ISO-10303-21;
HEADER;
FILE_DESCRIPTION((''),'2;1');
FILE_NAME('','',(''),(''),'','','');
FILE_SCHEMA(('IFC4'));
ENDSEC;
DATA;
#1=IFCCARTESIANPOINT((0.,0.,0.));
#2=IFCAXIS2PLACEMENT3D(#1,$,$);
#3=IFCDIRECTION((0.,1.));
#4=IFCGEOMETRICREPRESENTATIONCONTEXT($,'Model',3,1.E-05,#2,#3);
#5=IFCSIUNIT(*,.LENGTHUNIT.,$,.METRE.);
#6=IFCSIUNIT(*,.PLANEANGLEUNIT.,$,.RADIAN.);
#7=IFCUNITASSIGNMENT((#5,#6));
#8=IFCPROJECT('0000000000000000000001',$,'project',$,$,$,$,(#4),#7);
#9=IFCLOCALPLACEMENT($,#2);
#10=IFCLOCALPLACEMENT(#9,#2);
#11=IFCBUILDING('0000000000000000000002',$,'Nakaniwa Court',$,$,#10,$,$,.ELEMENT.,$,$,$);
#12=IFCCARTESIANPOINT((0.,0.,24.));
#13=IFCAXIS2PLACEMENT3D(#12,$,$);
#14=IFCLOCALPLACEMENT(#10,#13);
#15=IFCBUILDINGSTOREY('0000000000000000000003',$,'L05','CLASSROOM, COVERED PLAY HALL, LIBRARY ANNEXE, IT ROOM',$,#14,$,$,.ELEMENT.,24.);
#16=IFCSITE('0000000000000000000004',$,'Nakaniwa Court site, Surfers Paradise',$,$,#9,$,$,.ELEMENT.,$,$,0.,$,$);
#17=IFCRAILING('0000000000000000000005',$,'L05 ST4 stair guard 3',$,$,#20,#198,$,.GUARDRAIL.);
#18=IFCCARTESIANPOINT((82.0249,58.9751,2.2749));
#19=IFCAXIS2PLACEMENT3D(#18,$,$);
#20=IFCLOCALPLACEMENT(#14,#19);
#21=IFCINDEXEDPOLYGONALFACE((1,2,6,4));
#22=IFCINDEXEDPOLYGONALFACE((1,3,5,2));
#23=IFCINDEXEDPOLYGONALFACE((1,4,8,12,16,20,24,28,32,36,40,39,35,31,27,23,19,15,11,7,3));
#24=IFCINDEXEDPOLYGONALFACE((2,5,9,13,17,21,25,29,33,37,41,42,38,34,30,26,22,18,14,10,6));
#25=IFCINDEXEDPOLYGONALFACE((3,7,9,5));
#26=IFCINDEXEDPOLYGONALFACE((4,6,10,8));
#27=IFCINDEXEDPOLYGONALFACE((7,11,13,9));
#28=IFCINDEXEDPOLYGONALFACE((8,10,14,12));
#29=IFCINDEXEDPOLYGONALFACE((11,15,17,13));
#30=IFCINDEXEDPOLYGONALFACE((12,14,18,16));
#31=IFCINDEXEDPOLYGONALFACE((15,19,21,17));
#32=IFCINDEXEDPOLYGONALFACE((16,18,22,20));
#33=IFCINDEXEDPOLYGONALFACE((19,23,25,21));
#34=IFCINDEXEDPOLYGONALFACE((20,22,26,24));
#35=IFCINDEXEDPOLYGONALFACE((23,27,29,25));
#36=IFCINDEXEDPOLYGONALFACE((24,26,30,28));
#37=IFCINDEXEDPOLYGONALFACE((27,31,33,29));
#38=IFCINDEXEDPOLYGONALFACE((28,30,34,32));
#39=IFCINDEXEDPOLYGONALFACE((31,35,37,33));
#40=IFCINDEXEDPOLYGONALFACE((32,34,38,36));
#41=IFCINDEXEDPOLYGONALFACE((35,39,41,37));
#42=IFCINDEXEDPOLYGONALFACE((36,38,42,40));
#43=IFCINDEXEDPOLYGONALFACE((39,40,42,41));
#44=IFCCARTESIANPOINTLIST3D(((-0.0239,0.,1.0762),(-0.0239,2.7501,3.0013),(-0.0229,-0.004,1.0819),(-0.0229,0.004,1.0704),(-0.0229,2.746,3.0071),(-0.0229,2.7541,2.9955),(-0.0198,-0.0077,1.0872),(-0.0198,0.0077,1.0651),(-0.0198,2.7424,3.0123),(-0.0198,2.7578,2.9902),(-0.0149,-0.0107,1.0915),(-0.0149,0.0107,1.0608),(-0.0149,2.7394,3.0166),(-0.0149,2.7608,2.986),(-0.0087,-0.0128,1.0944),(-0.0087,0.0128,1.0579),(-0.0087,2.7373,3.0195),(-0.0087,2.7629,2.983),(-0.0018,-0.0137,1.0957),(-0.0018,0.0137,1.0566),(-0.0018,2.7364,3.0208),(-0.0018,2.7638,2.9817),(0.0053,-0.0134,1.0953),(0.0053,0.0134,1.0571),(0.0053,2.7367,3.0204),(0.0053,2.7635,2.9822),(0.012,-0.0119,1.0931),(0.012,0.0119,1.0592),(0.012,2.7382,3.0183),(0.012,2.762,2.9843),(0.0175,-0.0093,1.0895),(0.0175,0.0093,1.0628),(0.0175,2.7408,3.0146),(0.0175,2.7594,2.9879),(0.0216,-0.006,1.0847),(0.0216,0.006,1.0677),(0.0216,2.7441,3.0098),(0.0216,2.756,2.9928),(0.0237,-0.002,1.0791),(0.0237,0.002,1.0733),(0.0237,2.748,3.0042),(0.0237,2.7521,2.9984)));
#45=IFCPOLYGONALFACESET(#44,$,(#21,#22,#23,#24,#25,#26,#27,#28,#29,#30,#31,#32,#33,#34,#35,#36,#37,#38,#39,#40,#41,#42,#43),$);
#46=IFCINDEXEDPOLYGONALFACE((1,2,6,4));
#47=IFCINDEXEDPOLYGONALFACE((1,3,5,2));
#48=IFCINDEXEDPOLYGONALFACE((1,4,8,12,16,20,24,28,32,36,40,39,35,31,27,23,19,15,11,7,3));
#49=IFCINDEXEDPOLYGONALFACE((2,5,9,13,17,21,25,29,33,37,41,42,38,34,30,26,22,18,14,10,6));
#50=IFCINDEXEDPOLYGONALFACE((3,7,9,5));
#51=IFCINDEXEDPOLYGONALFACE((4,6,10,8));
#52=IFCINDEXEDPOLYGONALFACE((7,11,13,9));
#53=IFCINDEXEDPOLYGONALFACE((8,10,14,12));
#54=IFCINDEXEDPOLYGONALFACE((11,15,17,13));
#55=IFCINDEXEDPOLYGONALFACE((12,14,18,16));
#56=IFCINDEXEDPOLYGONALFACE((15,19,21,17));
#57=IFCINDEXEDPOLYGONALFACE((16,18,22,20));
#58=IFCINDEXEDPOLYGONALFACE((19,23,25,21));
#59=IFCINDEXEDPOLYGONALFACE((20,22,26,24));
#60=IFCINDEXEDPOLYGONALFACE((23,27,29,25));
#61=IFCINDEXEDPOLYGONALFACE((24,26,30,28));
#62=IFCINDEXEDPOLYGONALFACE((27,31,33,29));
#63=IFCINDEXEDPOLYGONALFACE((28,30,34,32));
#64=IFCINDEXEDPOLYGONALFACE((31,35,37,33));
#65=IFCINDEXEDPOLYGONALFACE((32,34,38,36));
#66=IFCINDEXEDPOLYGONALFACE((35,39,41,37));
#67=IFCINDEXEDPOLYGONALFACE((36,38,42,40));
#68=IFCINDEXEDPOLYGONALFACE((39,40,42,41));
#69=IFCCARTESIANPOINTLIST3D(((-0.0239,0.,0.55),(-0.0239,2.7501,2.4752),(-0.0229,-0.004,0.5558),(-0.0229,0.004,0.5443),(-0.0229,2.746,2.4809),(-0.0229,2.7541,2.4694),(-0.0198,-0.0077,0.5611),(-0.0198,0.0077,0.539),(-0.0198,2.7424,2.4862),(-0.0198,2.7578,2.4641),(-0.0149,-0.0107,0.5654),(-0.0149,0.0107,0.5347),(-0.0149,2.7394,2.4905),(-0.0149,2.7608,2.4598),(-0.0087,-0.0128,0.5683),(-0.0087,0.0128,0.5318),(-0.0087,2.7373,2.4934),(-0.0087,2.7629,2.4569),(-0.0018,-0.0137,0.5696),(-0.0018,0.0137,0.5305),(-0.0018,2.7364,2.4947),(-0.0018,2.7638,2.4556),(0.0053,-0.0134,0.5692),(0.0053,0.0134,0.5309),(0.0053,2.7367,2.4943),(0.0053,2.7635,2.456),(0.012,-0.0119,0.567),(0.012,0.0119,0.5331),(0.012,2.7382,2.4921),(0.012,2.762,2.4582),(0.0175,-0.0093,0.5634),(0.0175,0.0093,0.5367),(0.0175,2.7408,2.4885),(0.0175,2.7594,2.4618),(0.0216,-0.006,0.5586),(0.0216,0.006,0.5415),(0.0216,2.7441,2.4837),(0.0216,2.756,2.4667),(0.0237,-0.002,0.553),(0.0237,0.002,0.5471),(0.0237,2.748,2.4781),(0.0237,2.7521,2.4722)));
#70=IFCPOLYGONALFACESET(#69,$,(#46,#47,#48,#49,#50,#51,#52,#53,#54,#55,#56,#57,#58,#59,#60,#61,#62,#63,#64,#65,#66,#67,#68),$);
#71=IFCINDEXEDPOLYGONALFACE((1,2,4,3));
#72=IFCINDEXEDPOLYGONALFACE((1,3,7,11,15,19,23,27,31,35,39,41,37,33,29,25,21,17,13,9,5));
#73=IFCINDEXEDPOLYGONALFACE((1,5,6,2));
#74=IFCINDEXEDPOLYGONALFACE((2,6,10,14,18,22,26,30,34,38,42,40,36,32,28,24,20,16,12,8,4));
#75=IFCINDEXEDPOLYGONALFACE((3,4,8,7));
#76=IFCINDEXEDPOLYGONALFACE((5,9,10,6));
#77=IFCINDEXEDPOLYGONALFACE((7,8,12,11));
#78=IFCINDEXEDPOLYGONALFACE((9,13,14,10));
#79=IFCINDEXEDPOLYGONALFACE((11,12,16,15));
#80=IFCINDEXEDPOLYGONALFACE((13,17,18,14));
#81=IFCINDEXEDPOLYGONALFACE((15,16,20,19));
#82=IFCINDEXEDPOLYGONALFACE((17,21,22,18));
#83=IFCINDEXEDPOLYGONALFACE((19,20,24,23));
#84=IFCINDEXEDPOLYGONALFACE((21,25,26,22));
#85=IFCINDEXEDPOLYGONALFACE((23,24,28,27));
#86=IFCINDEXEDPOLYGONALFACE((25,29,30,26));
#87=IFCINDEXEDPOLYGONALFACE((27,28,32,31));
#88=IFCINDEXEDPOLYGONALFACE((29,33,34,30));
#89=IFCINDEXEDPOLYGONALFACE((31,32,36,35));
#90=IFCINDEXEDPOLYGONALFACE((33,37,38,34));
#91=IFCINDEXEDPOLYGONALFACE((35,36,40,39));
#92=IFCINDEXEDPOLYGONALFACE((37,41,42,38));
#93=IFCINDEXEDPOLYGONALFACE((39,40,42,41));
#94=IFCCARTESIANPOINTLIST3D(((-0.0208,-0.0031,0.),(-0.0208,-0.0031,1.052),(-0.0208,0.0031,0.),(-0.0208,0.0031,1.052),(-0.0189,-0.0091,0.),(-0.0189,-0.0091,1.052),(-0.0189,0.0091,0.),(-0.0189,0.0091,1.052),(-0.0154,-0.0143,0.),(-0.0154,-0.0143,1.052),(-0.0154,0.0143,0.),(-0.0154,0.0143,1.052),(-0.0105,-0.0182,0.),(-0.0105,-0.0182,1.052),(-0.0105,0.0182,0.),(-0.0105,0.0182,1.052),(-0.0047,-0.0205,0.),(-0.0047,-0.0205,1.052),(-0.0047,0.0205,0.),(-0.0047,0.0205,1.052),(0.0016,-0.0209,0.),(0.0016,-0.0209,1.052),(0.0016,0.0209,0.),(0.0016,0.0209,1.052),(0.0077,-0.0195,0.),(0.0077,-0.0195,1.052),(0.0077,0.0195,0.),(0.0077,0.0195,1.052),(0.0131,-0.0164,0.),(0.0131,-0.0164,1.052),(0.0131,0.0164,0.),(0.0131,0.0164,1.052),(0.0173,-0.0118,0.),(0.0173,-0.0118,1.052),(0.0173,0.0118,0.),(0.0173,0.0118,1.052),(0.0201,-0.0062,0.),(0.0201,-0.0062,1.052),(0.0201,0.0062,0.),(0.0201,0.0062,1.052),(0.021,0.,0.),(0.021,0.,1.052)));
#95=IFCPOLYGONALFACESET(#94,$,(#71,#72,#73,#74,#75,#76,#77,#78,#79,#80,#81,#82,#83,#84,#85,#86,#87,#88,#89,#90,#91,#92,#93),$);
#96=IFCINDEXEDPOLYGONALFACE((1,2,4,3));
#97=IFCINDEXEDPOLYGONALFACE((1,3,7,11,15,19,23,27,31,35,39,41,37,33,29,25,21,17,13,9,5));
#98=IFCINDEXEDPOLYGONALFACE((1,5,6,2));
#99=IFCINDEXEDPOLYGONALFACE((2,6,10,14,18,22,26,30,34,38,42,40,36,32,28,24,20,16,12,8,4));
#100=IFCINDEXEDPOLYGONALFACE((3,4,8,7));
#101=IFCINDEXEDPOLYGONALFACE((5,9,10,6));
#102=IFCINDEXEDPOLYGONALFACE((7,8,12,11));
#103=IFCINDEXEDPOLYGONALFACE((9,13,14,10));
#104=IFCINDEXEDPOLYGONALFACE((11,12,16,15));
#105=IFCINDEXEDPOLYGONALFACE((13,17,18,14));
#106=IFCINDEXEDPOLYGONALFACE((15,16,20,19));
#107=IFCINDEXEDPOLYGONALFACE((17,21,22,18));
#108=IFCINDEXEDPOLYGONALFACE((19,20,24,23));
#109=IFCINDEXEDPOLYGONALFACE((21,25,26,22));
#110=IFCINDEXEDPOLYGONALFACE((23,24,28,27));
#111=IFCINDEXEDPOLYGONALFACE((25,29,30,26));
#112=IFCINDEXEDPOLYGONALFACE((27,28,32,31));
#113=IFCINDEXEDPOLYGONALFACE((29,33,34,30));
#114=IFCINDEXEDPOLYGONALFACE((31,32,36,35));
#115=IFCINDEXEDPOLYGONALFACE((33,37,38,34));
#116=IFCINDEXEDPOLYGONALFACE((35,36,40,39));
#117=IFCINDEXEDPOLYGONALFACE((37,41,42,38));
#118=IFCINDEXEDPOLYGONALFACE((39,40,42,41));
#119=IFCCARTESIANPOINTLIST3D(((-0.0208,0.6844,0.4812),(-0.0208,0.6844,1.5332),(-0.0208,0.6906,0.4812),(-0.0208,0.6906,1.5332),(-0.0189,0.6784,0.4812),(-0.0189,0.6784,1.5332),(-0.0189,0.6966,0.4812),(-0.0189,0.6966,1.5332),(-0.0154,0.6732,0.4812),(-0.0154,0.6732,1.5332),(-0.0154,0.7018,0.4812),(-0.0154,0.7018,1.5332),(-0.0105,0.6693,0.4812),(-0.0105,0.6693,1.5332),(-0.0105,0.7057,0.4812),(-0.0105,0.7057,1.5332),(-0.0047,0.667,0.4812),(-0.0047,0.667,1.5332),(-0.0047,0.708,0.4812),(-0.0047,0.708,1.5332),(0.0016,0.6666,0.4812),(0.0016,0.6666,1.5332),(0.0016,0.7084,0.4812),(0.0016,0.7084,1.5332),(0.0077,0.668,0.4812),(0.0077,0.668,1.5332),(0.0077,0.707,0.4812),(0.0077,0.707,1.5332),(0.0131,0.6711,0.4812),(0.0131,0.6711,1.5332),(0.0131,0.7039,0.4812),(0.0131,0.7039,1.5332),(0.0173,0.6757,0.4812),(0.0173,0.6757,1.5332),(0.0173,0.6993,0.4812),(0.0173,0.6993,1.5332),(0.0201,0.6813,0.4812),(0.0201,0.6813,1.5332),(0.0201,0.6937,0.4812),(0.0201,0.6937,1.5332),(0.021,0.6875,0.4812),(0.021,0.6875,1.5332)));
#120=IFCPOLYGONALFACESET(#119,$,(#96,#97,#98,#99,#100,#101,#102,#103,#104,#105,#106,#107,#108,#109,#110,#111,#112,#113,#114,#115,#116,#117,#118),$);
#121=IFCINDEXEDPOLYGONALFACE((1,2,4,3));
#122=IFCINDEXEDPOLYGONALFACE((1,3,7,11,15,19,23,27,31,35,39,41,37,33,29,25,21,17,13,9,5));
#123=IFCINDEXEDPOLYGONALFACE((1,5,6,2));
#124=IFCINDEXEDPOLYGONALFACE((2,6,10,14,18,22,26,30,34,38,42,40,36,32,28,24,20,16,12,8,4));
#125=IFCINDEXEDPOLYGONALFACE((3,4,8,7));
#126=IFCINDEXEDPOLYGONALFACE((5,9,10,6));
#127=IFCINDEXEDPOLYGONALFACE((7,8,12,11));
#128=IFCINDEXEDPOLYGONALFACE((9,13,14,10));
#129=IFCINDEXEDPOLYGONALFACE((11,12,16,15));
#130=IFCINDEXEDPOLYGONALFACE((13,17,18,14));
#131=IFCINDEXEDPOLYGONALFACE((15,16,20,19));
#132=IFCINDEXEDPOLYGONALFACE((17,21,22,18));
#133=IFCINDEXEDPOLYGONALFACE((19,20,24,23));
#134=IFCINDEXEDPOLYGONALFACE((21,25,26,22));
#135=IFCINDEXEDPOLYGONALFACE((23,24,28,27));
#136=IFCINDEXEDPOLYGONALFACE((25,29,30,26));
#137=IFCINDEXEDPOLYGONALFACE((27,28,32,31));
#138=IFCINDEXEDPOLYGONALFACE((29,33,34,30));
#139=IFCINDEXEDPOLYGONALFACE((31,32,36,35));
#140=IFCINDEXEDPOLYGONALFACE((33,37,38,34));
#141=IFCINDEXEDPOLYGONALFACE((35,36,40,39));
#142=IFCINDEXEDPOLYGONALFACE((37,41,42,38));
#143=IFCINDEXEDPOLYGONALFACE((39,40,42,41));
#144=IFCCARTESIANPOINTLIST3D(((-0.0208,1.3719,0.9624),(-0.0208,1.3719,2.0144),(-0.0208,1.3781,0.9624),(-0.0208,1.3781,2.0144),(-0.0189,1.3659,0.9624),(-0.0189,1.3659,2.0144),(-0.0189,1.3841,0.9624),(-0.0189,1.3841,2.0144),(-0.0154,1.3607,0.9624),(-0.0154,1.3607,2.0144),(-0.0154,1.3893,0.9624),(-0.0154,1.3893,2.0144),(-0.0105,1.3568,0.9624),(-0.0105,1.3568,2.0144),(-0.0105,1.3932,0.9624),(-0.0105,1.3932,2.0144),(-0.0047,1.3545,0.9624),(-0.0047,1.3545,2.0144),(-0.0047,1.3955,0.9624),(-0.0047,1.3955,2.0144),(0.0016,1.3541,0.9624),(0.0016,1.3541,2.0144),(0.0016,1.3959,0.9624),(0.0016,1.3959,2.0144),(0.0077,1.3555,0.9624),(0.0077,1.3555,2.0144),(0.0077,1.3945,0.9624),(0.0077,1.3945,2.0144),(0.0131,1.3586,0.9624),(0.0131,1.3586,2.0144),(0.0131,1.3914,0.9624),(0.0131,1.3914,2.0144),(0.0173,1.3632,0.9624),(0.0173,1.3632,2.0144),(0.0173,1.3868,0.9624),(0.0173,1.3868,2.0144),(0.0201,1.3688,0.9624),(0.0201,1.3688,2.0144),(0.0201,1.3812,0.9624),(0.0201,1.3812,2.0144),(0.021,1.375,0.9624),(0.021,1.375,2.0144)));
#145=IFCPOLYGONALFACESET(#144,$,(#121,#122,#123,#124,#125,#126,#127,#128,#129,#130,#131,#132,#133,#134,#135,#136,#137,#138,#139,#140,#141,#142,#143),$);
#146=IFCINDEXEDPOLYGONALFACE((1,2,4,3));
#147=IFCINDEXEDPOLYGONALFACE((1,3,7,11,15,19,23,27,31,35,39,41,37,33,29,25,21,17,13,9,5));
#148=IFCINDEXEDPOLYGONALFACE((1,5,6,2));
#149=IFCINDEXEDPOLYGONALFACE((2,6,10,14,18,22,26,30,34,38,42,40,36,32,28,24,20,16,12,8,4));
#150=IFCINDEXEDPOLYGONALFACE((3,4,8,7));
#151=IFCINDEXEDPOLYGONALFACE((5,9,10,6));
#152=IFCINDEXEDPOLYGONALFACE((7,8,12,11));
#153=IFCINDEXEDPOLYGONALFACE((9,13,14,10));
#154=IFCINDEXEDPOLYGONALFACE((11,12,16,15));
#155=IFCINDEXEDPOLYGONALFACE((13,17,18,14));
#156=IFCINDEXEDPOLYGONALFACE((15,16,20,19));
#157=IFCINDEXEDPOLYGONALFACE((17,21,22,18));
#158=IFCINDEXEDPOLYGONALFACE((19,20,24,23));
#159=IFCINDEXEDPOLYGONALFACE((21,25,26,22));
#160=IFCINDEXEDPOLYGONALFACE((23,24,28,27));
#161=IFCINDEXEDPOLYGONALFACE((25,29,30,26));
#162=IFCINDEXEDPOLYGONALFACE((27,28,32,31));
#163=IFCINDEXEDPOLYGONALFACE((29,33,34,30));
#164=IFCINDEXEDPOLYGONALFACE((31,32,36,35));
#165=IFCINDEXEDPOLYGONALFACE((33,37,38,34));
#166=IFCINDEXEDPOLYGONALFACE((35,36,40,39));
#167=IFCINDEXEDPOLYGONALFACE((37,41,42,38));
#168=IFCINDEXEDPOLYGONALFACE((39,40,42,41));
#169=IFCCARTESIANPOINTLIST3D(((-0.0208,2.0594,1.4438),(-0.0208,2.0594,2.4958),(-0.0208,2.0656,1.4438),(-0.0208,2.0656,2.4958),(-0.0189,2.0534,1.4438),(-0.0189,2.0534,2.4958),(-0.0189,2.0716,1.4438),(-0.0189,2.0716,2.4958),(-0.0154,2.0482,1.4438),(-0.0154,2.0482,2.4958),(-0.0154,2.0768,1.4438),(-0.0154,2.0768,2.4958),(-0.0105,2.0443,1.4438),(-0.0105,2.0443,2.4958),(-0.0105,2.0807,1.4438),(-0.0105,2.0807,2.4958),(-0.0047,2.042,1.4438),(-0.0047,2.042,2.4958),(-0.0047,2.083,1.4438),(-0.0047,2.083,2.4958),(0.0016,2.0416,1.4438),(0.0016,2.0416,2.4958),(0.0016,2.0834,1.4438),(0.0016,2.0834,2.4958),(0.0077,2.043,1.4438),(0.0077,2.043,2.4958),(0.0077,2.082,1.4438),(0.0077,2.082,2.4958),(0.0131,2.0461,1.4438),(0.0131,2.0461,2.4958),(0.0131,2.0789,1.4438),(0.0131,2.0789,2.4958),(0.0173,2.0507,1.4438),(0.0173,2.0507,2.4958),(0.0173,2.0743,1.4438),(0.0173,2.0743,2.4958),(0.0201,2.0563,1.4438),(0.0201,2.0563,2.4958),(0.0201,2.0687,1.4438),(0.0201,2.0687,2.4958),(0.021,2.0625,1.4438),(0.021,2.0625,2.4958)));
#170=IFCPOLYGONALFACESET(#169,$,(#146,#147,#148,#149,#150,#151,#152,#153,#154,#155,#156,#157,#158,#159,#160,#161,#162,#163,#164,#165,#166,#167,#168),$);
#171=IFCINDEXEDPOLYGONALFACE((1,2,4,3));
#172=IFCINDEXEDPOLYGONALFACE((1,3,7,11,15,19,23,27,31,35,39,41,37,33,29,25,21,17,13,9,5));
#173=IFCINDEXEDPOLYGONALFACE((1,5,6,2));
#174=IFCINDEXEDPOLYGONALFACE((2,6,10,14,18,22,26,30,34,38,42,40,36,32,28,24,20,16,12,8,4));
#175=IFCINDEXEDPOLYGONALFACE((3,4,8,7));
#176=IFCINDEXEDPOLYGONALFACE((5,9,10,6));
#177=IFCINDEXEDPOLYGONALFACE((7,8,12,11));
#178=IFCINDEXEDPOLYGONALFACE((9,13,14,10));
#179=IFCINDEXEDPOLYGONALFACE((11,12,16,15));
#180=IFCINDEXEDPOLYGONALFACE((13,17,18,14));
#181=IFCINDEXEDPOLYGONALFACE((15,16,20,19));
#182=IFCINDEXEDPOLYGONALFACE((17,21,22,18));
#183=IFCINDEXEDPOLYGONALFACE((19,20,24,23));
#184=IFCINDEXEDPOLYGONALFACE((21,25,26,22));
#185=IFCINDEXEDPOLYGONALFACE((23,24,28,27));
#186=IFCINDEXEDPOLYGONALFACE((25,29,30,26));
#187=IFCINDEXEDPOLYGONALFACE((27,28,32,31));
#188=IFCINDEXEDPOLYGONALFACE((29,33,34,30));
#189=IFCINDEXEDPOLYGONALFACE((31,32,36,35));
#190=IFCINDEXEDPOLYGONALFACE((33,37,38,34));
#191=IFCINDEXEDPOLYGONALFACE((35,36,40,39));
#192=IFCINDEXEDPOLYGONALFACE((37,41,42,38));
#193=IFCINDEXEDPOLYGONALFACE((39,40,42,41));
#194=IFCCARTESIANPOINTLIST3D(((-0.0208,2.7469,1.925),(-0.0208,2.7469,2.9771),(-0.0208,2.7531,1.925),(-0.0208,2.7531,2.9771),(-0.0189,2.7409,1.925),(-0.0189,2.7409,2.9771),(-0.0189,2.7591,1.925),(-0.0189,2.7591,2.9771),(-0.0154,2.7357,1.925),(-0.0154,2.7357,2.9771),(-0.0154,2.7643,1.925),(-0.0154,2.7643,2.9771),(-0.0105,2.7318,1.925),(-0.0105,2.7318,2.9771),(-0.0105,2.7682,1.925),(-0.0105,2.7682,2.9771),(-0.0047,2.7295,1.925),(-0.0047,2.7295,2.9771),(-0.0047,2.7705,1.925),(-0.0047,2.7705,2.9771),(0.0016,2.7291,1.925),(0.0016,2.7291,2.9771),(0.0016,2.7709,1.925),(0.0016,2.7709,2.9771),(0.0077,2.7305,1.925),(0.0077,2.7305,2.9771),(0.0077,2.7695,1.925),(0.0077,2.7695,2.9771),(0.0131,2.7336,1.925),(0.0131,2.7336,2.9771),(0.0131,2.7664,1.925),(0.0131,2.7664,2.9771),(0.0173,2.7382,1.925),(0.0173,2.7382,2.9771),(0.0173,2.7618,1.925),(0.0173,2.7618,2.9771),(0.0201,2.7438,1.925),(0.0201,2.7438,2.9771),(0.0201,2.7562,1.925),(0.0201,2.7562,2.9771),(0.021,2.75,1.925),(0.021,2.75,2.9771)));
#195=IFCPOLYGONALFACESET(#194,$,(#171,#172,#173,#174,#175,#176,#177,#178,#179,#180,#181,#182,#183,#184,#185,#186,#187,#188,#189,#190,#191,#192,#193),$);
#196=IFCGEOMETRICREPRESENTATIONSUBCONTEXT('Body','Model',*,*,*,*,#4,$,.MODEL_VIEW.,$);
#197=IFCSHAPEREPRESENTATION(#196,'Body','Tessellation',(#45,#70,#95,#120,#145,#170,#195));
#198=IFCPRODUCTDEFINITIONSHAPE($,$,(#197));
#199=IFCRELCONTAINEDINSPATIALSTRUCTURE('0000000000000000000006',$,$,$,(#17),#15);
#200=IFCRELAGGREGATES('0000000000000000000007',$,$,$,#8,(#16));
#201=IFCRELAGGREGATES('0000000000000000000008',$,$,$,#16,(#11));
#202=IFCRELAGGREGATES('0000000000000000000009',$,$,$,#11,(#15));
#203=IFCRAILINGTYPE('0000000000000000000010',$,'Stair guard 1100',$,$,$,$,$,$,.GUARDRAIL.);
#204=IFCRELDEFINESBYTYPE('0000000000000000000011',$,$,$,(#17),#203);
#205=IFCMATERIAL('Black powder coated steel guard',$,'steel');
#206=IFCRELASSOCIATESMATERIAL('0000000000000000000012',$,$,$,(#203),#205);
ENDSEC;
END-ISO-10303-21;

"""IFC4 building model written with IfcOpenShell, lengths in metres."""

from ifc_helpers import new_model, si_unit, direction, frame, origin, origin_2d, place, context, subcontext, project, spatial, circle, extrude, material, type_object, element, save


model = new_model("IFC4")

# Units and contexts
model_context = context("Model", 3, precision=1e-05, world=origin(), true_north=direction((0.0, 1.0)))
body_context = subcontext(model_context, "Body", "Model", "MODEL_VIEW")
ifc_project = project(units=[si_unit("LENGTHUNIT", "METRE"), si_unit("PLANEANGLEUNIT", "RADIAN")], contexts=[model_context])

# Site, building, storey
site_placement = place(None, origin())
site = spatial("IfcSite", under=ifc_project, at=site_placement, Name="Nakaniwa Court site, Surfers Paradise", CompositionType="ELEMENT", RefElevation=0.0)
building_placement = place(site_placement, origin())
building = spatial("IfcBuilding", under=site, at=building_placement, Name="Nakaniwa Court", CompositionType="ELEMENT")
storey_placement = place(building_placement, frame((0.0, 0.0, 24.0)))
storey = spatial("IfcBuildingStorey", under=building, at=storey_placement, Name="L05", Description="CLASSROOM, COVERED PLAY HALL, LIBRARY ANNEXE, IT ROOM", CompositionType="ELEMENT", Elevation=24.0)

# Railing
ifc_material_1 = material(Name="Black powder coated steel guard", Category="steel")
railing_type_1 = type_object("IfcRailingType", Name="Stair guard 1100", PredefinedType="GUARDRAIL", material=ifc_material_1)
railing_1_placement = place(storey_placement, frame((82.0249, 58.9751, 2.2749)))
element("IfcRailing", 1, at=railing_1_placement, inside=storey, type_object=railing_type_1, Name="L05 ST4 stair guard 3", PredefinedType="GUARDRAIL", context=body_context, shape_type="SweptSolid", body=[
    extrude(circle(Radius=0.0239, at=origin_2d()), frame((0.0, 0.0, 1.0762), z_axis=(0.0, 0.819225, 0.573472), x_axis=(-1.0, 0.0, 0.0)), (0.0, 0.0, 1.0), 3.3569),
    extrude(circle(Radius=0.0239, at=origin_2d()), frame((0.0, 0.0, 0.55), z_axis=(0.0, 0.819225, 0.573472), x_axis=(-1.0, 0.0, 0.0)), (0.0, 0.0, 1.0), 3.3569),
    extrude(circle(Radius=0.021, at=origin_2d()), origin(), (0.0, 0.0, 1.0), 1.052),
    extrude(circle(Radius=0.021, at=origin_2d()), frame((0.0, 0.6875, 0.4812)), (0.0, 0.0, 1.0), 1.052),
    extrude(circle(Radius=0.021, at=origin_2d()), frame((0.0, 1.375, 0.9624)), (0.0, 0.0, 1.0), 1.052),
    extrude(circle(Radius=0.021, at=origin_2d()), frame((0.0, 2.0625, 1.4438)), (0.0, 0.0, 1.0), 1.052),
    extrude(circle(Radius=0.021, at=origin_2d()), frame((0.0, 2.75, 1.925)), (0.0, 0.0, 1.0), 1.052),
])

save(model, "model.ifc")
